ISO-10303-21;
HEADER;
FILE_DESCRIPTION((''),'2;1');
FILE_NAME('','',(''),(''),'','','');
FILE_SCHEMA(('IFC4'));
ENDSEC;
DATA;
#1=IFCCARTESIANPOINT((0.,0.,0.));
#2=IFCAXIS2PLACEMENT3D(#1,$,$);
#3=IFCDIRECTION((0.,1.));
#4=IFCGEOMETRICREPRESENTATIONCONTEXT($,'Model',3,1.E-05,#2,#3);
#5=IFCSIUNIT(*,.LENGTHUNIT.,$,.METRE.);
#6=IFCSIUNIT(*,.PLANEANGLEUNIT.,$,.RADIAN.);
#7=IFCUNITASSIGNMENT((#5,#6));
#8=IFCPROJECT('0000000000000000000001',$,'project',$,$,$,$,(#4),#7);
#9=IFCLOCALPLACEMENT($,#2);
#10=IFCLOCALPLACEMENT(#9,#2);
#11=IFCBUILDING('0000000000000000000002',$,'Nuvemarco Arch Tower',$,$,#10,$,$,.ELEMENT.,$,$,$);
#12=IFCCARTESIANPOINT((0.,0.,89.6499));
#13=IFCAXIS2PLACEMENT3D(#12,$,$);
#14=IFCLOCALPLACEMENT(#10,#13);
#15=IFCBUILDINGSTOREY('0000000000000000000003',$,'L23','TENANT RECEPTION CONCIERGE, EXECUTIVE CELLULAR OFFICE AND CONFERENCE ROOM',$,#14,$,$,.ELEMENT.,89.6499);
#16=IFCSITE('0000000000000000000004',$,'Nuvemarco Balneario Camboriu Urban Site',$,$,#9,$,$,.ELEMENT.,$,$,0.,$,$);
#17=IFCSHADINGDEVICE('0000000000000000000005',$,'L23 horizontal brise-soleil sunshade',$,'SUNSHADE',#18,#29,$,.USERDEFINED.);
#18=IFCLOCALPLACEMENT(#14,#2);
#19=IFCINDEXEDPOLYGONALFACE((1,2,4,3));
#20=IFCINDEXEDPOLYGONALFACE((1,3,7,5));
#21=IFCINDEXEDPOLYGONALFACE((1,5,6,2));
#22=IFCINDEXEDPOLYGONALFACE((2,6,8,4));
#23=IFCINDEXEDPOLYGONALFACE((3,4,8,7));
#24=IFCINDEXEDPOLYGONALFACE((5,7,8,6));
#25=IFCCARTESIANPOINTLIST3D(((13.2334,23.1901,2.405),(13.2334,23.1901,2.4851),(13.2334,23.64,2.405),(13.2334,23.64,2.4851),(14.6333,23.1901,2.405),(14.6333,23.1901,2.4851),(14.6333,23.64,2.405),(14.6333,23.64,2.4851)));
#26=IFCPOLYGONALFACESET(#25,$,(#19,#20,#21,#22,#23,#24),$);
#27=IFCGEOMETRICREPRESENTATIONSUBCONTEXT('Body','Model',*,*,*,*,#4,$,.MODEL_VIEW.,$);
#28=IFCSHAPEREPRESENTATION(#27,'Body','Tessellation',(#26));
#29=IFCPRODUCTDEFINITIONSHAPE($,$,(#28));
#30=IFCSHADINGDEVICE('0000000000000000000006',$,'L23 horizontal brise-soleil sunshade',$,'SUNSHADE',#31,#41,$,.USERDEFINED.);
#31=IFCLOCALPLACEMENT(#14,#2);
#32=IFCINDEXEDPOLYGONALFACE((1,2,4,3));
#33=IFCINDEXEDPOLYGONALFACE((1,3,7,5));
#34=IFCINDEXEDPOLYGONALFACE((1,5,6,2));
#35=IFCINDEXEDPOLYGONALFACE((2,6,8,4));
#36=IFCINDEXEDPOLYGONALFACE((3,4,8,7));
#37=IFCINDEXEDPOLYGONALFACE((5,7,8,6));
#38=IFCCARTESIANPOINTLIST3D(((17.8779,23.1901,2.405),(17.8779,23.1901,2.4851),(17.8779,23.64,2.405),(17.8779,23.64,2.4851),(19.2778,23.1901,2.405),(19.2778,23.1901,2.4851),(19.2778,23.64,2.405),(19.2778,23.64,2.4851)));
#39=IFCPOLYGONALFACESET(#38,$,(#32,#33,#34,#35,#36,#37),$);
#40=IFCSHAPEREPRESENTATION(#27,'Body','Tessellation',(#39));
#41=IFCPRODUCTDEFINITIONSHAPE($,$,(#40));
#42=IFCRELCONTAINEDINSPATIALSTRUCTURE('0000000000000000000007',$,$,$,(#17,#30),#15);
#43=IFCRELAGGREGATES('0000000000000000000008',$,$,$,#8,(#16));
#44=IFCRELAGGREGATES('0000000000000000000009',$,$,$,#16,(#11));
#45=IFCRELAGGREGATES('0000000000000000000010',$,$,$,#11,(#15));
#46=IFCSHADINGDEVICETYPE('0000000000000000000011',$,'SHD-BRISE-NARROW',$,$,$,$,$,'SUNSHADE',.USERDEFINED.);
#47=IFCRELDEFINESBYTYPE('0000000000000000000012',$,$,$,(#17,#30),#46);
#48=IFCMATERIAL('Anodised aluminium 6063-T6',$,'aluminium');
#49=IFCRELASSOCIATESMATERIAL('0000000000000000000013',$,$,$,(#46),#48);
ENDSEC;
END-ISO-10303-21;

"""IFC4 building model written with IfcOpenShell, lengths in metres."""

from ifc_helpers import new_model, si_unit, direction, frame, origin, origin_2d, place, context, subcontext, project, spatial, rectangle, extrude, source, transform, mapped, material, type_object, type_shapes, element, save


model = new_model("IFC4")

# Units and contexts
model_context = context("Model", 3, precision=1e-05, world=origin(), true_north=direction((0.0, 1.0)))
body_context = subcontext(model_context, "Body", "Model", "MODEL_VIEW")
ifc_project = project(units=[si_unit("LENGTHUNIT", "METRE"), si_unit("PLANEANGLEUNIT", "RADIAN")], contexts=[model_context])

# Site, building, storey
site_placement = place(None, origin())
site = spatial("IfcSite", under=ifc_project, at=site_placement, Name="Nuvemarco Balneario Camboriu Urban Site", CompositionType="ELEMENT", RefElevation=0.0)
building_placement = place(site_placement, origin())
building = spatial("IfcBuilding", under=site, at=building_placement, Name="Nuvemarco Arch Tower", CompositionType="ELEMENT")
storey_placement = place(building_placement, frame((0.0, 0.0, 89.6499)))
storey = spatial("IfcBuildingStorey", under=building, at=storey_placement, Name="L23", Description="TENANT RECEPTION CONCIERGE, EXECUTIVE CELLULAR OFFICE AND CONFERENCE ROOM", CompositionType="ELEMENT", Elevation=89.6499)

# Shading devices
ifc_material_1 = material(Name="Anodised aluminium 6063-T6", Category="aluminium")
shading_device_type_1 = type_object("IfcShadingDeviceType", Name="SHD-BRISE-NARROW", ElementType="SUNSHADE", PredefinedType="USERDEFINED", material=ifc_material_1)
shared_shape_1 = source(origin(), body_context, "Body", "SweptSolid", [
    extrude(rectangle(XDim=1.3999, YDim=0.45, at=origin_2d()), origin(), (0.0, 0.0, 1.0), 0.0801),
])
type_shapes(shading_device_type_1, [shared_shape_1])
for number, where, z_axis, x_axis, name in (
    (1, (13.9333, 23.415, 2.405), (0.0, 0.0, 1.0), (1.0, 0.0, 0.0), "L23 horizontal brise-soleil sunshade"),
    (2, (18.5779, 23.415, 2.405), (0.0, 0.0, 1.0), (1.0, 0.0, 0.0), "L23 horizontal brise-soleil sunshade"),
):
    element("IfcShadingDevice", number, at=place(storey_placement, frame(where, z_axis=z_axis, x_axis=x_axis)), inside=storey, type_object=shading_device_type_1, Name=name, ObjectType="SUNSHADE", PredefinedType="USERDEFINED", context=body_context, shape_type="MappedRepresentation", body=[
        mapped(shared_shape_1, transform((0.0, 0.0, 0.0), scale=1.0)),
    ])

save(model, "model.ifc")
